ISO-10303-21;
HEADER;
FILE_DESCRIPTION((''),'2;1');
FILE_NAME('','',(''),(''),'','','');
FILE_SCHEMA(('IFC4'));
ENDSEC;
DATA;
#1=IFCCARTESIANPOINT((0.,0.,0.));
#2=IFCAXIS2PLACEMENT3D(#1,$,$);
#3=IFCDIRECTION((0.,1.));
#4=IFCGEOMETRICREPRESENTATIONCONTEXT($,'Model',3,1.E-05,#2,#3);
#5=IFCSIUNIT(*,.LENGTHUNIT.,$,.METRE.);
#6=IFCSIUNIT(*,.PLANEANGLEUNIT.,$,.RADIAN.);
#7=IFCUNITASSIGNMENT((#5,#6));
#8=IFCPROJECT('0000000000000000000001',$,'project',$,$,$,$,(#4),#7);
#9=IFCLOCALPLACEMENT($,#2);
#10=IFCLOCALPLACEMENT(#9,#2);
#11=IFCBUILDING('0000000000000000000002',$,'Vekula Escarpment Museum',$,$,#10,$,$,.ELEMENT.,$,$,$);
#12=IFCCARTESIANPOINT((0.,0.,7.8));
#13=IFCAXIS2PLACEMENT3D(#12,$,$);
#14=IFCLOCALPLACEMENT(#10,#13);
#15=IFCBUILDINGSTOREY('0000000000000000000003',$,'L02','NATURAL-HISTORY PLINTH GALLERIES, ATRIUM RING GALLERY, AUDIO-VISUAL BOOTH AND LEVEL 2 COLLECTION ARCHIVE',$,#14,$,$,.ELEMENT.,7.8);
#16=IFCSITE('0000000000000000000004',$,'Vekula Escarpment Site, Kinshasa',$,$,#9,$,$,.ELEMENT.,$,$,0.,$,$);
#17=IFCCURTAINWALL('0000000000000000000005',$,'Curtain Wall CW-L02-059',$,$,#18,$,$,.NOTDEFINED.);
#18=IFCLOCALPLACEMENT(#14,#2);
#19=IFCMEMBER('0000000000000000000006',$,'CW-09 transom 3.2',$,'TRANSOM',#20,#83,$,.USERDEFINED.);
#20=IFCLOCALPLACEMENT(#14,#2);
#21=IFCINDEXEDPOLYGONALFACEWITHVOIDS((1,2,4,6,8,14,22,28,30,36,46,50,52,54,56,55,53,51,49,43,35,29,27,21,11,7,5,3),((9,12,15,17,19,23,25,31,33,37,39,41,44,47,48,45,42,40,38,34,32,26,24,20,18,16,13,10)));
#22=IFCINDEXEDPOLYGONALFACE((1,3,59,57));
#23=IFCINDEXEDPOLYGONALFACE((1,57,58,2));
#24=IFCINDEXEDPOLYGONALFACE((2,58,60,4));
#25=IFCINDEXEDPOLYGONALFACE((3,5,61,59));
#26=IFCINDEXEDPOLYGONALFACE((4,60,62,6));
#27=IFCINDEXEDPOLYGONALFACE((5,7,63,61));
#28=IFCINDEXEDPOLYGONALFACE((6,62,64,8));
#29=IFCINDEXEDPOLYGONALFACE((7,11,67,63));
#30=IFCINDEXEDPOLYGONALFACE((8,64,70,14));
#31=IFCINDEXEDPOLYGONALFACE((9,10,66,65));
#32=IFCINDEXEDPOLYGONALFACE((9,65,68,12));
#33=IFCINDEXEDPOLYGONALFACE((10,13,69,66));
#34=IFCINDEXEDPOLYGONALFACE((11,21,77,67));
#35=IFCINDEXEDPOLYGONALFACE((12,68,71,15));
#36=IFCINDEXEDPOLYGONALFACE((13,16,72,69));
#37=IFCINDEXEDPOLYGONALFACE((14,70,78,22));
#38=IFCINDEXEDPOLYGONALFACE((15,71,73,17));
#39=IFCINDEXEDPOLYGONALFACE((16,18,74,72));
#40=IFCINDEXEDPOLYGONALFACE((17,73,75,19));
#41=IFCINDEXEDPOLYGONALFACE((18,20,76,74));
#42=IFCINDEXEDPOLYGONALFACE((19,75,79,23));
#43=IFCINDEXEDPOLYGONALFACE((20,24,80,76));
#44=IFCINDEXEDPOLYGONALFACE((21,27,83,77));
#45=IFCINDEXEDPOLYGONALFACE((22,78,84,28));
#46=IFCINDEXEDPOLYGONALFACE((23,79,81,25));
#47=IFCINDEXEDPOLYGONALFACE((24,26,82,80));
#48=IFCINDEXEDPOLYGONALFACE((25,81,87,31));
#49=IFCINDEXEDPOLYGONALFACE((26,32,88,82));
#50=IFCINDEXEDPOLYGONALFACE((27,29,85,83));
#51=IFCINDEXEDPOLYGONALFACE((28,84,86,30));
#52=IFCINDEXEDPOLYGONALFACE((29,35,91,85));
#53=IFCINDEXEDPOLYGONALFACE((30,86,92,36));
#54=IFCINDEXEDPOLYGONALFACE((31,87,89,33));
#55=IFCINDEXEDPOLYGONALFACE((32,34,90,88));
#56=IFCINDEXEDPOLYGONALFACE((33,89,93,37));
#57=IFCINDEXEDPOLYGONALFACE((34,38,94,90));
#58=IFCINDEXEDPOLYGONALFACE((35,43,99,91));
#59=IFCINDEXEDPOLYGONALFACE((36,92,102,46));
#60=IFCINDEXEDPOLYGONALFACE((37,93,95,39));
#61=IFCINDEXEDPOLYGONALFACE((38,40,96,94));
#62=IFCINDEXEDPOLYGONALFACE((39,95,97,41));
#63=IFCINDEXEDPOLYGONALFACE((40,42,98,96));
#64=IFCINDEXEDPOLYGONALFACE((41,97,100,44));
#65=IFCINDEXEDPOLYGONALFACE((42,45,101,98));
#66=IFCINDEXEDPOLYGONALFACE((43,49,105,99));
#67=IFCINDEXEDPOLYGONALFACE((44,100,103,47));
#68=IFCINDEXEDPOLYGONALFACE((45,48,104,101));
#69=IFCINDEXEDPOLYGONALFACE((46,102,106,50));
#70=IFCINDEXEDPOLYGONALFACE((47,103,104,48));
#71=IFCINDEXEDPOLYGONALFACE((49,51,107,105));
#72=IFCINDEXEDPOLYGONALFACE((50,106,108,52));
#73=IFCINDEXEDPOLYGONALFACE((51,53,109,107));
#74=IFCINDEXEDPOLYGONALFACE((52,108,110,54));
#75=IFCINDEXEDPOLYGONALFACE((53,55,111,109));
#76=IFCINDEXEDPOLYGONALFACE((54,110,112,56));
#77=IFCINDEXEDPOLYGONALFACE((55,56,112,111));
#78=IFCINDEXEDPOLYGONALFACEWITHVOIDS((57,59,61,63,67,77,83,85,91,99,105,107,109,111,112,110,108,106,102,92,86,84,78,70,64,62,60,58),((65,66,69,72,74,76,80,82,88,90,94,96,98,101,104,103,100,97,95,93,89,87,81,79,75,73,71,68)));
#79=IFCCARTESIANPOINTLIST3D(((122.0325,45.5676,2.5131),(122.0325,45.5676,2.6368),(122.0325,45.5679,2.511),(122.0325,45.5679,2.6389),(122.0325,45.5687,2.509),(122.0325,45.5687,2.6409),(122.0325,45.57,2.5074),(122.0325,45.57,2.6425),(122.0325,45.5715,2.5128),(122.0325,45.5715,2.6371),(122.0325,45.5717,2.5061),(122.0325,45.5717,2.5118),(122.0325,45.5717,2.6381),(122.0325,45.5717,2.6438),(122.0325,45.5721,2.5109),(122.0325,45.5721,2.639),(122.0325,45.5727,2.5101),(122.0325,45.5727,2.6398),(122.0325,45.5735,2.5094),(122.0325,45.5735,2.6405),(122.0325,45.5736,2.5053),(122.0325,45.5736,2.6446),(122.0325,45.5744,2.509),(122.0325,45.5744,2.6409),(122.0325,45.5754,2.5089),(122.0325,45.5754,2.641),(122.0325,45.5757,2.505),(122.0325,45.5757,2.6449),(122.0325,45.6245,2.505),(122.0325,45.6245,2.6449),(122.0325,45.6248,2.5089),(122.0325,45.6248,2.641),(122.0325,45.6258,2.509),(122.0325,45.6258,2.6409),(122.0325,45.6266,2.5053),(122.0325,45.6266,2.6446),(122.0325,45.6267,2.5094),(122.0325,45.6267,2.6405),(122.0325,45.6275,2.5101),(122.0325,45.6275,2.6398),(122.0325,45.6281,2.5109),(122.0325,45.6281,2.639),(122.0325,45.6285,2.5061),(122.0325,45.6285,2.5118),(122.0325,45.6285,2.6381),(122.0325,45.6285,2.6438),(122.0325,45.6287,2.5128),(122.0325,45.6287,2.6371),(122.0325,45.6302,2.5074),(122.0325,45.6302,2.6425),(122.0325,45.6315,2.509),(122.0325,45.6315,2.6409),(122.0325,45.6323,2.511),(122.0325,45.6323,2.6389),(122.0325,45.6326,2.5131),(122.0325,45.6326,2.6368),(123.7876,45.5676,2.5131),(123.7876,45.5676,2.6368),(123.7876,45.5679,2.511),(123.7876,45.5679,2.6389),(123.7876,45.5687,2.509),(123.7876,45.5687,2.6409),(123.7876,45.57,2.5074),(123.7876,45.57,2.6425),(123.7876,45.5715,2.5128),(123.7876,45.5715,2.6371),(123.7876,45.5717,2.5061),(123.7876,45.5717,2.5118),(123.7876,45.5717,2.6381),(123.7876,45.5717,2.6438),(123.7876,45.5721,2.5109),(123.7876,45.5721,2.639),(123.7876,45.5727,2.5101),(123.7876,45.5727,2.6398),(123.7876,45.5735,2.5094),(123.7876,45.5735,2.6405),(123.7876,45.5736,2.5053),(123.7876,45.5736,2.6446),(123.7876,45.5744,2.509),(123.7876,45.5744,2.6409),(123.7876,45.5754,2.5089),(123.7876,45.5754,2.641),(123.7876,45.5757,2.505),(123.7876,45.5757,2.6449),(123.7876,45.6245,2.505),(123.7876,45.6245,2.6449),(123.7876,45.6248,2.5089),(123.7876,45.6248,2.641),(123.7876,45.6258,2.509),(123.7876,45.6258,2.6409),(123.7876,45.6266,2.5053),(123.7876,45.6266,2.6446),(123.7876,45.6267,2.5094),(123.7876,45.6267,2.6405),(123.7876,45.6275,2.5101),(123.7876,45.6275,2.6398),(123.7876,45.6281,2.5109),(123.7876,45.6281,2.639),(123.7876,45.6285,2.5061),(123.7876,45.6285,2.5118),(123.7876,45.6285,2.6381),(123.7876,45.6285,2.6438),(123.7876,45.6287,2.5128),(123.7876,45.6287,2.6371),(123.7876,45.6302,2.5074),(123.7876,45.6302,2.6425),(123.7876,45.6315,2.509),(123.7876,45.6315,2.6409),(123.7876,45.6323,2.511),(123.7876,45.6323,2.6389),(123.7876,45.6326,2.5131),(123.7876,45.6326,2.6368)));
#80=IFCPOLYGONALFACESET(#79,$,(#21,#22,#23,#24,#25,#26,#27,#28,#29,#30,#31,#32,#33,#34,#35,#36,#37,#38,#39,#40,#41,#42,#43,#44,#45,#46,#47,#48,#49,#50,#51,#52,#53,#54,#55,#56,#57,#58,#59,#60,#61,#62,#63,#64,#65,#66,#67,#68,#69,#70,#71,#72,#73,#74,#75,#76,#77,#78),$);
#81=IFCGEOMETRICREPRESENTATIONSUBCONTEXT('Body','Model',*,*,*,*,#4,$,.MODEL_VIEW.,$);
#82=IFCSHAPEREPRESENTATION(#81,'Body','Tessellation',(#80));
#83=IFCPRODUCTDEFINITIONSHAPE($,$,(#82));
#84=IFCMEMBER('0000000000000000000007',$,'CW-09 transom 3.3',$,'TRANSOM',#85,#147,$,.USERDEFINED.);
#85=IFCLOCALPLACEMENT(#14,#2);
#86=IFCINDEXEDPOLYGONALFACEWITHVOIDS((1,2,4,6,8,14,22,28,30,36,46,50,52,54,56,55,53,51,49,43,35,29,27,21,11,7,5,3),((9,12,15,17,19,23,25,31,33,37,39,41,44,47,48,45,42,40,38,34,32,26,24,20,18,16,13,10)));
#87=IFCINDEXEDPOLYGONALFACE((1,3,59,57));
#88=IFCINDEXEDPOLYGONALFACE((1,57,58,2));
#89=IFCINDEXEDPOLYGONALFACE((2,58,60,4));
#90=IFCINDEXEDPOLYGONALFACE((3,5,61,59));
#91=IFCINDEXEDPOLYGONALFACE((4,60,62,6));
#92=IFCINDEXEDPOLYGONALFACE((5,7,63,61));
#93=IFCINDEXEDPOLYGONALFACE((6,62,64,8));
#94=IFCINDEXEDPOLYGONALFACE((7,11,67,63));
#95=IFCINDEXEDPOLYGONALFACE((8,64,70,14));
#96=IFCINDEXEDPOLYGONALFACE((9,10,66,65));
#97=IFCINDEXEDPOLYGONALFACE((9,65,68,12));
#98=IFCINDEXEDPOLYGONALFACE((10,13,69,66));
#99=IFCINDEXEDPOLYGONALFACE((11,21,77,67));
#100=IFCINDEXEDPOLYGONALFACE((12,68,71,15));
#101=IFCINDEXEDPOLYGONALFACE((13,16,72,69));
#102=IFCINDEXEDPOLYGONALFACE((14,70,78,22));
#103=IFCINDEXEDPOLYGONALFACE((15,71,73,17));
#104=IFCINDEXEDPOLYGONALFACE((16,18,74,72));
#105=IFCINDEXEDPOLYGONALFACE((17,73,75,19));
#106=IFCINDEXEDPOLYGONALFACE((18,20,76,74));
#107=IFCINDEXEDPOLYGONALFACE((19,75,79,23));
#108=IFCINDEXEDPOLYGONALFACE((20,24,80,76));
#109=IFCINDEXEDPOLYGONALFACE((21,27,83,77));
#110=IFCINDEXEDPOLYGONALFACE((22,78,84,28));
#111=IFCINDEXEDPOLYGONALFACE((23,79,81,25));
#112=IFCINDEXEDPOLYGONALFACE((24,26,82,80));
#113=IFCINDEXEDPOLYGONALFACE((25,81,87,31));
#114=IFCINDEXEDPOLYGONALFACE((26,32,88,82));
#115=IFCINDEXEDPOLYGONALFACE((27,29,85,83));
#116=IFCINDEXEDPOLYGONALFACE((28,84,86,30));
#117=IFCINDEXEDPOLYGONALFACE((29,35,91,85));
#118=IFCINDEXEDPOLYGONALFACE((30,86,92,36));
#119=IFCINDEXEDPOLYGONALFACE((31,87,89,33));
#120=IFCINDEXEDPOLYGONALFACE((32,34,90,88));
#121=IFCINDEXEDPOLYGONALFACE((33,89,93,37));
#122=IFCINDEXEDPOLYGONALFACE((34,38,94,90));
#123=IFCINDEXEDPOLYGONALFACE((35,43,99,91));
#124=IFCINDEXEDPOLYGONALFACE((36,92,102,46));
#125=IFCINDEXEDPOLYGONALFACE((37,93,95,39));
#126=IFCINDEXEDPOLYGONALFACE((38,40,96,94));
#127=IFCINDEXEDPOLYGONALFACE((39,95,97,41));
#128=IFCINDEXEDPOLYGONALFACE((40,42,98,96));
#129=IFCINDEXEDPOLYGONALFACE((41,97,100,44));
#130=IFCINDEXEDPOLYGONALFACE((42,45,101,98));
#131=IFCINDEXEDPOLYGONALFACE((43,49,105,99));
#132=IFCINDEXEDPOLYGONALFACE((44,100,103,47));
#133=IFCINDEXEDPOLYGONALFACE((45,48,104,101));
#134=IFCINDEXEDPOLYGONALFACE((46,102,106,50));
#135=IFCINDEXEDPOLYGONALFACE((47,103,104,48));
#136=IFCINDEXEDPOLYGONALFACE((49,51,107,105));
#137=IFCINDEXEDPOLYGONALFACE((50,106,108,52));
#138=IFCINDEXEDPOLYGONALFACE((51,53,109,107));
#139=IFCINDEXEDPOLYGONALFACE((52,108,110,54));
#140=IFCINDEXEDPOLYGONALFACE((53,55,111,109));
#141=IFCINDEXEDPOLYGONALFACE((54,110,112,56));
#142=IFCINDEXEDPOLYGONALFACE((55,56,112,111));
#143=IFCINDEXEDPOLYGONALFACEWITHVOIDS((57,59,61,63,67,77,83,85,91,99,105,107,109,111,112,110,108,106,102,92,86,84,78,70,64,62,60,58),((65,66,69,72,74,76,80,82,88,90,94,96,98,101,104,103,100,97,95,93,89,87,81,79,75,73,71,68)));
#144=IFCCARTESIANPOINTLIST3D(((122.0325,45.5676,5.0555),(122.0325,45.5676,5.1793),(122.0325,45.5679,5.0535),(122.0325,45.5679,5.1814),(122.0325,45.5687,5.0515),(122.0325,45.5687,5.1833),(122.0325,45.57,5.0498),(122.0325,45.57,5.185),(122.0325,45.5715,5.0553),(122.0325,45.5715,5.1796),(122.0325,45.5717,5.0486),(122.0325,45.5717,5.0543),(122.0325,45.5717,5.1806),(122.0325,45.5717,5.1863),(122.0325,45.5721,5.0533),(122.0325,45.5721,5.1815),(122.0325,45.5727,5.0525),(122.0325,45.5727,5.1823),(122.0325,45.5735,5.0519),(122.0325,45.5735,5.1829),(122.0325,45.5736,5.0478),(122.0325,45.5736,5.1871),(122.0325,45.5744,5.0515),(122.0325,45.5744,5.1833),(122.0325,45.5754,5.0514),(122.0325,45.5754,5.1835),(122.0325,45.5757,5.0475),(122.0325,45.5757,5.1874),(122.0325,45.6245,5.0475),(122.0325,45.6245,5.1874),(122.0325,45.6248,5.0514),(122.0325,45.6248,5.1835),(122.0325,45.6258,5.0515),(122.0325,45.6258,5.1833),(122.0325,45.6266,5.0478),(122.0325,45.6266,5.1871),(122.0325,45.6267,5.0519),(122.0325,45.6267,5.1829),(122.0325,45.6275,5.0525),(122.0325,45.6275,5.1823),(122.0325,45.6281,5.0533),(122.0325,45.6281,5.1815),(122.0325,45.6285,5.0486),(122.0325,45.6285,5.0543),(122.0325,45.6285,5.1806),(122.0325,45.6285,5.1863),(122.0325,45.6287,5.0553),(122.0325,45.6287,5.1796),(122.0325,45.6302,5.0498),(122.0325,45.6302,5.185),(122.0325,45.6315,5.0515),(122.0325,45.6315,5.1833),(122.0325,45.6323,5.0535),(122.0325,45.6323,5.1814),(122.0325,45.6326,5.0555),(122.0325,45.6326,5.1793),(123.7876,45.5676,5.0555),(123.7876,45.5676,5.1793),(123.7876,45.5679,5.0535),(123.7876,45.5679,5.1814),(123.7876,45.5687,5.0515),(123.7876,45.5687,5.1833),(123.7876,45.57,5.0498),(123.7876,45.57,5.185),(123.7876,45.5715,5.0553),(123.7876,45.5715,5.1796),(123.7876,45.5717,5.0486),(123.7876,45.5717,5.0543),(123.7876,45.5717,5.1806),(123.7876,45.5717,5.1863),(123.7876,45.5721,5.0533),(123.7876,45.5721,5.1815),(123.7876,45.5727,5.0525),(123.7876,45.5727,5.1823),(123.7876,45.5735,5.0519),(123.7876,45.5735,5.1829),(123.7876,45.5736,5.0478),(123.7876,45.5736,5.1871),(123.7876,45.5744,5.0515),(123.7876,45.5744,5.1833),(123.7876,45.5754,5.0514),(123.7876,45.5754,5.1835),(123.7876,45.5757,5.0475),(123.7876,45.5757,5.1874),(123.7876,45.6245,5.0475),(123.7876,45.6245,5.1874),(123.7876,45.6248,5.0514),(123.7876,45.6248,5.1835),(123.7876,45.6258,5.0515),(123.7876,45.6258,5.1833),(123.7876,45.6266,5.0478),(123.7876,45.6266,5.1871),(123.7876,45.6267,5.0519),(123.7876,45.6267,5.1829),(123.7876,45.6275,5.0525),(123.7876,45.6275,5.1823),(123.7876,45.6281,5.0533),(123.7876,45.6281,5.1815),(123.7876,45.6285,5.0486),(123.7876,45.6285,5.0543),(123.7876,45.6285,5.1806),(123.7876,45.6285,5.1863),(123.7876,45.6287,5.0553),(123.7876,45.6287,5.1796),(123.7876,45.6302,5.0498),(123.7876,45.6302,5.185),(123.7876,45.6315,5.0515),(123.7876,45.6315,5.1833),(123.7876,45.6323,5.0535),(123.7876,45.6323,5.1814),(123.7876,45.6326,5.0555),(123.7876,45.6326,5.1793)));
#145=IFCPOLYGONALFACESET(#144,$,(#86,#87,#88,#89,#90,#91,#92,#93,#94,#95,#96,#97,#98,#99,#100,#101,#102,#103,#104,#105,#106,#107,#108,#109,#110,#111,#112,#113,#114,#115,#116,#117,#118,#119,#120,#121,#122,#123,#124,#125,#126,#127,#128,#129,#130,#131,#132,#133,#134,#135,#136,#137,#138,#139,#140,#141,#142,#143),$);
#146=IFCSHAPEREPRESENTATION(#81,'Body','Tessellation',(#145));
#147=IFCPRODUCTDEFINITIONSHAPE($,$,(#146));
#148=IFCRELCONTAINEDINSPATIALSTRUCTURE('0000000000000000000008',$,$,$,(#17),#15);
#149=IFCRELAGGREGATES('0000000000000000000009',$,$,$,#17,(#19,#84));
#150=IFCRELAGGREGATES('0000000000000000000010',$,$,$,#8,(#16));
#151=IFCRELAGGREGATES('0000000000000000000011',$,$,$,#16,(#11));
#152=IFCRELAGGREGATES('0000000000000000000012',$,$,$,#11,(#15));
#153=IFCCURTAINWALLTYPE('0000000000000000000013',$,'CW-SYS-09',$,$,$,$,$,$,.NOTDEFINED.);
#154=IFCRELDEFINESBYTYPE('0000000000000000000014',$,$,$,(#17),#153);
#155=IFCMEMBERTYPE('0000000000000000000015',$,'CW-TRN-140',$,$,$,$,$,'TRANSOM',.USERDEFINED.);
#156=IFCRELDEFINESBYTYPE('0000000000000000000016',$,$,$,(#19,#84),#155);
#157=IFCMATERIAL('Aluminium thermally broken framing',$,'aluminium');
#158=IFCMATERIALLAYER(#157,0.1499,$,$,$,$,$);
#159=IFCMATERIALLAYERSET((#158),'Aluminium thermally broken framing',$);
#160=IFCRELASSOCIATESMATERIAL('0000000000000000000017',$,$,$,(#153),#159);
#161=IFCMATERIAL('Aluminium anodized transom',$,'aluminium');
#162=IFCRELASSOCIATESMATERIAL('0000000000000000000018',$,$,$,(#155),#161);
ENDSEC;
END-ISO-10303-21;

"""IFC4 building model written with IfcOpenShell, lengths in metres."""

from ifc_helpers import new_model, si_unit, direction, frame, origin, origin_2d, place, context, subcontext, project, spatial, hollow_rectangle, extrude, material, layer, layer_set, material_profile, profile_set, type_object, element, aggregate, save


model = new_model("IFC4")

# Units and contexts
model_context = context("Model", 3, precision=1e-05, world=origin(), true_north=direction((0.0, 1.0)))
body_context = subcontext(model_context, "Body", "Model", "MODEL_VIEW")
ifc_project = project(units=[si_unit("LENGTHUNIT", "METRE"), si_unit("PLANEANGLEUNIT", "RADIAN")], contexts=[model_context])

# Site, building, storey
site_placement = place(None, origin())
site = spatial("IfcSite", under=ifc_project, at=site_placement, Name="Vekula Escarpment Site, Kinshasa", CompositionType="ELEMENT", RefElevation=0.0)
building_placement = place(site_placement, origin())
building = spatial("IfcBuilding", under=site, at=building_placement, Name="Vekula Escarpment Museum", CompositionType="ELEMENT")
storey_placement = place(building_placement, frame((0.0, 0.0, 7.8)))
storey = spatial("IfcBuildingStorey", under=building, at=storey_placement, Name="L02", Description="NATURAL-HISTORY PLINTH GALLERIES, ATRIUM RING GALLERY, AUDIO-VISUAL BOOTH AND LEVEL 2 COLLECTION ARCHIVE", CompositionType="ELEMENT", Elevation=7.8)

# Curtain wall, members
ifc_material_1 = material(Name="Aluminium thermally broken framing", Category="aluminium")
ifc_layer_1 = layer(ifc_material_1, 0.1499)
ifc_layer_set_1 = layer_set([ifc_layer_1], Name="Aluminium thermally broken framing")
curtain_wall_type = type_object("IfcCurtainWallType", Name="CW-SYS-09", PredefinedType="NOTDEFINED", material=ifc_layer_set_1)
curtain_wall_placement = place(storey_placement, origin())
curtain_wall = element("IfcCurtainWall", 1, at=curtain_wall_placement, inside=storey, type_object=curtain_wall_type, Name="Curtain Wall CW-L02-059", PredefinedType="NOTDEFINED")
ifc_material_2 = material(Name="Aluminium anodized transom", Category="aluminium")
ifc_material_profile_1 = material_profile(ifc_material_2, hollow_rectangle(XDim=0.0649, YDim=0.1399, WallThickness=0.0039, InnerFilletRadius=0.0039, OuterFilletRadius=0.0081, at=origin_2d()), Name="ALU 140x65x4")
ifc_profile_set_1 = profile_set([ifc_material_profile_1], Name="Aluminium anodized transom")
member_type_1 = type_object("IfcMemberType", Name="CW-TRN-140", ElementType="TRANSOM", PredefinedType="USERDEFINED", material=ifc_profile_set_1)
member_1_placement = place(storey_placement, frame((122.0325, 45.6001, 2.575), z_axis=(1.0, 0.0, 0.0), x_axis=(0.0, 1.0, 0.0)))
member_1 = element("IfcMember", 2, at=member_1_placement, type_object=member_type_1, Name="CW-09 transom 3.2", ObjectType="TRANSOM", PredefinedType="USERDEFINED", context=body_context, shape_type="SweptSolid", body=[
    extrude(hollow_rectangle(XDim=0.0649, YDim=0.1399, WallThickness=0.0039, InnerFilletRadius=0.0039, OuterFilletRadius=0.0081, at=origin_2d()), origin(), (0.0, 0.0, 1.0), 1.7551),
])
member_2_placement = place(storey_placement, frame((122.0325, 45.6001, 5.1174), z_axis=(1.0, 0.0, 0.0), x_axis=(0.0, 1.0, 0.0)))
member_2 = element("IfcMember", 3, at=member_2_placement, type_object=member_type_1, Name="CW-09 transom 3.3", ObjectType="TRANSOM", PredefinedType="USERDEFINED", context=body_context, shape_type="SweptSolid", body=[
    extrude(hollow_rectangle(XDim=0.0649, YDim=0.1399, WallThickness=0.0039, InnerFilletRadius=0.0039, OuterFilletRadius=0.0081, at=origin_2d()), origin(), (0.0, 0.0, 1.0), 1.7551),
])
aggregate(curtain_wall, [member_1, member_2])

save(model, "model.ifc")
